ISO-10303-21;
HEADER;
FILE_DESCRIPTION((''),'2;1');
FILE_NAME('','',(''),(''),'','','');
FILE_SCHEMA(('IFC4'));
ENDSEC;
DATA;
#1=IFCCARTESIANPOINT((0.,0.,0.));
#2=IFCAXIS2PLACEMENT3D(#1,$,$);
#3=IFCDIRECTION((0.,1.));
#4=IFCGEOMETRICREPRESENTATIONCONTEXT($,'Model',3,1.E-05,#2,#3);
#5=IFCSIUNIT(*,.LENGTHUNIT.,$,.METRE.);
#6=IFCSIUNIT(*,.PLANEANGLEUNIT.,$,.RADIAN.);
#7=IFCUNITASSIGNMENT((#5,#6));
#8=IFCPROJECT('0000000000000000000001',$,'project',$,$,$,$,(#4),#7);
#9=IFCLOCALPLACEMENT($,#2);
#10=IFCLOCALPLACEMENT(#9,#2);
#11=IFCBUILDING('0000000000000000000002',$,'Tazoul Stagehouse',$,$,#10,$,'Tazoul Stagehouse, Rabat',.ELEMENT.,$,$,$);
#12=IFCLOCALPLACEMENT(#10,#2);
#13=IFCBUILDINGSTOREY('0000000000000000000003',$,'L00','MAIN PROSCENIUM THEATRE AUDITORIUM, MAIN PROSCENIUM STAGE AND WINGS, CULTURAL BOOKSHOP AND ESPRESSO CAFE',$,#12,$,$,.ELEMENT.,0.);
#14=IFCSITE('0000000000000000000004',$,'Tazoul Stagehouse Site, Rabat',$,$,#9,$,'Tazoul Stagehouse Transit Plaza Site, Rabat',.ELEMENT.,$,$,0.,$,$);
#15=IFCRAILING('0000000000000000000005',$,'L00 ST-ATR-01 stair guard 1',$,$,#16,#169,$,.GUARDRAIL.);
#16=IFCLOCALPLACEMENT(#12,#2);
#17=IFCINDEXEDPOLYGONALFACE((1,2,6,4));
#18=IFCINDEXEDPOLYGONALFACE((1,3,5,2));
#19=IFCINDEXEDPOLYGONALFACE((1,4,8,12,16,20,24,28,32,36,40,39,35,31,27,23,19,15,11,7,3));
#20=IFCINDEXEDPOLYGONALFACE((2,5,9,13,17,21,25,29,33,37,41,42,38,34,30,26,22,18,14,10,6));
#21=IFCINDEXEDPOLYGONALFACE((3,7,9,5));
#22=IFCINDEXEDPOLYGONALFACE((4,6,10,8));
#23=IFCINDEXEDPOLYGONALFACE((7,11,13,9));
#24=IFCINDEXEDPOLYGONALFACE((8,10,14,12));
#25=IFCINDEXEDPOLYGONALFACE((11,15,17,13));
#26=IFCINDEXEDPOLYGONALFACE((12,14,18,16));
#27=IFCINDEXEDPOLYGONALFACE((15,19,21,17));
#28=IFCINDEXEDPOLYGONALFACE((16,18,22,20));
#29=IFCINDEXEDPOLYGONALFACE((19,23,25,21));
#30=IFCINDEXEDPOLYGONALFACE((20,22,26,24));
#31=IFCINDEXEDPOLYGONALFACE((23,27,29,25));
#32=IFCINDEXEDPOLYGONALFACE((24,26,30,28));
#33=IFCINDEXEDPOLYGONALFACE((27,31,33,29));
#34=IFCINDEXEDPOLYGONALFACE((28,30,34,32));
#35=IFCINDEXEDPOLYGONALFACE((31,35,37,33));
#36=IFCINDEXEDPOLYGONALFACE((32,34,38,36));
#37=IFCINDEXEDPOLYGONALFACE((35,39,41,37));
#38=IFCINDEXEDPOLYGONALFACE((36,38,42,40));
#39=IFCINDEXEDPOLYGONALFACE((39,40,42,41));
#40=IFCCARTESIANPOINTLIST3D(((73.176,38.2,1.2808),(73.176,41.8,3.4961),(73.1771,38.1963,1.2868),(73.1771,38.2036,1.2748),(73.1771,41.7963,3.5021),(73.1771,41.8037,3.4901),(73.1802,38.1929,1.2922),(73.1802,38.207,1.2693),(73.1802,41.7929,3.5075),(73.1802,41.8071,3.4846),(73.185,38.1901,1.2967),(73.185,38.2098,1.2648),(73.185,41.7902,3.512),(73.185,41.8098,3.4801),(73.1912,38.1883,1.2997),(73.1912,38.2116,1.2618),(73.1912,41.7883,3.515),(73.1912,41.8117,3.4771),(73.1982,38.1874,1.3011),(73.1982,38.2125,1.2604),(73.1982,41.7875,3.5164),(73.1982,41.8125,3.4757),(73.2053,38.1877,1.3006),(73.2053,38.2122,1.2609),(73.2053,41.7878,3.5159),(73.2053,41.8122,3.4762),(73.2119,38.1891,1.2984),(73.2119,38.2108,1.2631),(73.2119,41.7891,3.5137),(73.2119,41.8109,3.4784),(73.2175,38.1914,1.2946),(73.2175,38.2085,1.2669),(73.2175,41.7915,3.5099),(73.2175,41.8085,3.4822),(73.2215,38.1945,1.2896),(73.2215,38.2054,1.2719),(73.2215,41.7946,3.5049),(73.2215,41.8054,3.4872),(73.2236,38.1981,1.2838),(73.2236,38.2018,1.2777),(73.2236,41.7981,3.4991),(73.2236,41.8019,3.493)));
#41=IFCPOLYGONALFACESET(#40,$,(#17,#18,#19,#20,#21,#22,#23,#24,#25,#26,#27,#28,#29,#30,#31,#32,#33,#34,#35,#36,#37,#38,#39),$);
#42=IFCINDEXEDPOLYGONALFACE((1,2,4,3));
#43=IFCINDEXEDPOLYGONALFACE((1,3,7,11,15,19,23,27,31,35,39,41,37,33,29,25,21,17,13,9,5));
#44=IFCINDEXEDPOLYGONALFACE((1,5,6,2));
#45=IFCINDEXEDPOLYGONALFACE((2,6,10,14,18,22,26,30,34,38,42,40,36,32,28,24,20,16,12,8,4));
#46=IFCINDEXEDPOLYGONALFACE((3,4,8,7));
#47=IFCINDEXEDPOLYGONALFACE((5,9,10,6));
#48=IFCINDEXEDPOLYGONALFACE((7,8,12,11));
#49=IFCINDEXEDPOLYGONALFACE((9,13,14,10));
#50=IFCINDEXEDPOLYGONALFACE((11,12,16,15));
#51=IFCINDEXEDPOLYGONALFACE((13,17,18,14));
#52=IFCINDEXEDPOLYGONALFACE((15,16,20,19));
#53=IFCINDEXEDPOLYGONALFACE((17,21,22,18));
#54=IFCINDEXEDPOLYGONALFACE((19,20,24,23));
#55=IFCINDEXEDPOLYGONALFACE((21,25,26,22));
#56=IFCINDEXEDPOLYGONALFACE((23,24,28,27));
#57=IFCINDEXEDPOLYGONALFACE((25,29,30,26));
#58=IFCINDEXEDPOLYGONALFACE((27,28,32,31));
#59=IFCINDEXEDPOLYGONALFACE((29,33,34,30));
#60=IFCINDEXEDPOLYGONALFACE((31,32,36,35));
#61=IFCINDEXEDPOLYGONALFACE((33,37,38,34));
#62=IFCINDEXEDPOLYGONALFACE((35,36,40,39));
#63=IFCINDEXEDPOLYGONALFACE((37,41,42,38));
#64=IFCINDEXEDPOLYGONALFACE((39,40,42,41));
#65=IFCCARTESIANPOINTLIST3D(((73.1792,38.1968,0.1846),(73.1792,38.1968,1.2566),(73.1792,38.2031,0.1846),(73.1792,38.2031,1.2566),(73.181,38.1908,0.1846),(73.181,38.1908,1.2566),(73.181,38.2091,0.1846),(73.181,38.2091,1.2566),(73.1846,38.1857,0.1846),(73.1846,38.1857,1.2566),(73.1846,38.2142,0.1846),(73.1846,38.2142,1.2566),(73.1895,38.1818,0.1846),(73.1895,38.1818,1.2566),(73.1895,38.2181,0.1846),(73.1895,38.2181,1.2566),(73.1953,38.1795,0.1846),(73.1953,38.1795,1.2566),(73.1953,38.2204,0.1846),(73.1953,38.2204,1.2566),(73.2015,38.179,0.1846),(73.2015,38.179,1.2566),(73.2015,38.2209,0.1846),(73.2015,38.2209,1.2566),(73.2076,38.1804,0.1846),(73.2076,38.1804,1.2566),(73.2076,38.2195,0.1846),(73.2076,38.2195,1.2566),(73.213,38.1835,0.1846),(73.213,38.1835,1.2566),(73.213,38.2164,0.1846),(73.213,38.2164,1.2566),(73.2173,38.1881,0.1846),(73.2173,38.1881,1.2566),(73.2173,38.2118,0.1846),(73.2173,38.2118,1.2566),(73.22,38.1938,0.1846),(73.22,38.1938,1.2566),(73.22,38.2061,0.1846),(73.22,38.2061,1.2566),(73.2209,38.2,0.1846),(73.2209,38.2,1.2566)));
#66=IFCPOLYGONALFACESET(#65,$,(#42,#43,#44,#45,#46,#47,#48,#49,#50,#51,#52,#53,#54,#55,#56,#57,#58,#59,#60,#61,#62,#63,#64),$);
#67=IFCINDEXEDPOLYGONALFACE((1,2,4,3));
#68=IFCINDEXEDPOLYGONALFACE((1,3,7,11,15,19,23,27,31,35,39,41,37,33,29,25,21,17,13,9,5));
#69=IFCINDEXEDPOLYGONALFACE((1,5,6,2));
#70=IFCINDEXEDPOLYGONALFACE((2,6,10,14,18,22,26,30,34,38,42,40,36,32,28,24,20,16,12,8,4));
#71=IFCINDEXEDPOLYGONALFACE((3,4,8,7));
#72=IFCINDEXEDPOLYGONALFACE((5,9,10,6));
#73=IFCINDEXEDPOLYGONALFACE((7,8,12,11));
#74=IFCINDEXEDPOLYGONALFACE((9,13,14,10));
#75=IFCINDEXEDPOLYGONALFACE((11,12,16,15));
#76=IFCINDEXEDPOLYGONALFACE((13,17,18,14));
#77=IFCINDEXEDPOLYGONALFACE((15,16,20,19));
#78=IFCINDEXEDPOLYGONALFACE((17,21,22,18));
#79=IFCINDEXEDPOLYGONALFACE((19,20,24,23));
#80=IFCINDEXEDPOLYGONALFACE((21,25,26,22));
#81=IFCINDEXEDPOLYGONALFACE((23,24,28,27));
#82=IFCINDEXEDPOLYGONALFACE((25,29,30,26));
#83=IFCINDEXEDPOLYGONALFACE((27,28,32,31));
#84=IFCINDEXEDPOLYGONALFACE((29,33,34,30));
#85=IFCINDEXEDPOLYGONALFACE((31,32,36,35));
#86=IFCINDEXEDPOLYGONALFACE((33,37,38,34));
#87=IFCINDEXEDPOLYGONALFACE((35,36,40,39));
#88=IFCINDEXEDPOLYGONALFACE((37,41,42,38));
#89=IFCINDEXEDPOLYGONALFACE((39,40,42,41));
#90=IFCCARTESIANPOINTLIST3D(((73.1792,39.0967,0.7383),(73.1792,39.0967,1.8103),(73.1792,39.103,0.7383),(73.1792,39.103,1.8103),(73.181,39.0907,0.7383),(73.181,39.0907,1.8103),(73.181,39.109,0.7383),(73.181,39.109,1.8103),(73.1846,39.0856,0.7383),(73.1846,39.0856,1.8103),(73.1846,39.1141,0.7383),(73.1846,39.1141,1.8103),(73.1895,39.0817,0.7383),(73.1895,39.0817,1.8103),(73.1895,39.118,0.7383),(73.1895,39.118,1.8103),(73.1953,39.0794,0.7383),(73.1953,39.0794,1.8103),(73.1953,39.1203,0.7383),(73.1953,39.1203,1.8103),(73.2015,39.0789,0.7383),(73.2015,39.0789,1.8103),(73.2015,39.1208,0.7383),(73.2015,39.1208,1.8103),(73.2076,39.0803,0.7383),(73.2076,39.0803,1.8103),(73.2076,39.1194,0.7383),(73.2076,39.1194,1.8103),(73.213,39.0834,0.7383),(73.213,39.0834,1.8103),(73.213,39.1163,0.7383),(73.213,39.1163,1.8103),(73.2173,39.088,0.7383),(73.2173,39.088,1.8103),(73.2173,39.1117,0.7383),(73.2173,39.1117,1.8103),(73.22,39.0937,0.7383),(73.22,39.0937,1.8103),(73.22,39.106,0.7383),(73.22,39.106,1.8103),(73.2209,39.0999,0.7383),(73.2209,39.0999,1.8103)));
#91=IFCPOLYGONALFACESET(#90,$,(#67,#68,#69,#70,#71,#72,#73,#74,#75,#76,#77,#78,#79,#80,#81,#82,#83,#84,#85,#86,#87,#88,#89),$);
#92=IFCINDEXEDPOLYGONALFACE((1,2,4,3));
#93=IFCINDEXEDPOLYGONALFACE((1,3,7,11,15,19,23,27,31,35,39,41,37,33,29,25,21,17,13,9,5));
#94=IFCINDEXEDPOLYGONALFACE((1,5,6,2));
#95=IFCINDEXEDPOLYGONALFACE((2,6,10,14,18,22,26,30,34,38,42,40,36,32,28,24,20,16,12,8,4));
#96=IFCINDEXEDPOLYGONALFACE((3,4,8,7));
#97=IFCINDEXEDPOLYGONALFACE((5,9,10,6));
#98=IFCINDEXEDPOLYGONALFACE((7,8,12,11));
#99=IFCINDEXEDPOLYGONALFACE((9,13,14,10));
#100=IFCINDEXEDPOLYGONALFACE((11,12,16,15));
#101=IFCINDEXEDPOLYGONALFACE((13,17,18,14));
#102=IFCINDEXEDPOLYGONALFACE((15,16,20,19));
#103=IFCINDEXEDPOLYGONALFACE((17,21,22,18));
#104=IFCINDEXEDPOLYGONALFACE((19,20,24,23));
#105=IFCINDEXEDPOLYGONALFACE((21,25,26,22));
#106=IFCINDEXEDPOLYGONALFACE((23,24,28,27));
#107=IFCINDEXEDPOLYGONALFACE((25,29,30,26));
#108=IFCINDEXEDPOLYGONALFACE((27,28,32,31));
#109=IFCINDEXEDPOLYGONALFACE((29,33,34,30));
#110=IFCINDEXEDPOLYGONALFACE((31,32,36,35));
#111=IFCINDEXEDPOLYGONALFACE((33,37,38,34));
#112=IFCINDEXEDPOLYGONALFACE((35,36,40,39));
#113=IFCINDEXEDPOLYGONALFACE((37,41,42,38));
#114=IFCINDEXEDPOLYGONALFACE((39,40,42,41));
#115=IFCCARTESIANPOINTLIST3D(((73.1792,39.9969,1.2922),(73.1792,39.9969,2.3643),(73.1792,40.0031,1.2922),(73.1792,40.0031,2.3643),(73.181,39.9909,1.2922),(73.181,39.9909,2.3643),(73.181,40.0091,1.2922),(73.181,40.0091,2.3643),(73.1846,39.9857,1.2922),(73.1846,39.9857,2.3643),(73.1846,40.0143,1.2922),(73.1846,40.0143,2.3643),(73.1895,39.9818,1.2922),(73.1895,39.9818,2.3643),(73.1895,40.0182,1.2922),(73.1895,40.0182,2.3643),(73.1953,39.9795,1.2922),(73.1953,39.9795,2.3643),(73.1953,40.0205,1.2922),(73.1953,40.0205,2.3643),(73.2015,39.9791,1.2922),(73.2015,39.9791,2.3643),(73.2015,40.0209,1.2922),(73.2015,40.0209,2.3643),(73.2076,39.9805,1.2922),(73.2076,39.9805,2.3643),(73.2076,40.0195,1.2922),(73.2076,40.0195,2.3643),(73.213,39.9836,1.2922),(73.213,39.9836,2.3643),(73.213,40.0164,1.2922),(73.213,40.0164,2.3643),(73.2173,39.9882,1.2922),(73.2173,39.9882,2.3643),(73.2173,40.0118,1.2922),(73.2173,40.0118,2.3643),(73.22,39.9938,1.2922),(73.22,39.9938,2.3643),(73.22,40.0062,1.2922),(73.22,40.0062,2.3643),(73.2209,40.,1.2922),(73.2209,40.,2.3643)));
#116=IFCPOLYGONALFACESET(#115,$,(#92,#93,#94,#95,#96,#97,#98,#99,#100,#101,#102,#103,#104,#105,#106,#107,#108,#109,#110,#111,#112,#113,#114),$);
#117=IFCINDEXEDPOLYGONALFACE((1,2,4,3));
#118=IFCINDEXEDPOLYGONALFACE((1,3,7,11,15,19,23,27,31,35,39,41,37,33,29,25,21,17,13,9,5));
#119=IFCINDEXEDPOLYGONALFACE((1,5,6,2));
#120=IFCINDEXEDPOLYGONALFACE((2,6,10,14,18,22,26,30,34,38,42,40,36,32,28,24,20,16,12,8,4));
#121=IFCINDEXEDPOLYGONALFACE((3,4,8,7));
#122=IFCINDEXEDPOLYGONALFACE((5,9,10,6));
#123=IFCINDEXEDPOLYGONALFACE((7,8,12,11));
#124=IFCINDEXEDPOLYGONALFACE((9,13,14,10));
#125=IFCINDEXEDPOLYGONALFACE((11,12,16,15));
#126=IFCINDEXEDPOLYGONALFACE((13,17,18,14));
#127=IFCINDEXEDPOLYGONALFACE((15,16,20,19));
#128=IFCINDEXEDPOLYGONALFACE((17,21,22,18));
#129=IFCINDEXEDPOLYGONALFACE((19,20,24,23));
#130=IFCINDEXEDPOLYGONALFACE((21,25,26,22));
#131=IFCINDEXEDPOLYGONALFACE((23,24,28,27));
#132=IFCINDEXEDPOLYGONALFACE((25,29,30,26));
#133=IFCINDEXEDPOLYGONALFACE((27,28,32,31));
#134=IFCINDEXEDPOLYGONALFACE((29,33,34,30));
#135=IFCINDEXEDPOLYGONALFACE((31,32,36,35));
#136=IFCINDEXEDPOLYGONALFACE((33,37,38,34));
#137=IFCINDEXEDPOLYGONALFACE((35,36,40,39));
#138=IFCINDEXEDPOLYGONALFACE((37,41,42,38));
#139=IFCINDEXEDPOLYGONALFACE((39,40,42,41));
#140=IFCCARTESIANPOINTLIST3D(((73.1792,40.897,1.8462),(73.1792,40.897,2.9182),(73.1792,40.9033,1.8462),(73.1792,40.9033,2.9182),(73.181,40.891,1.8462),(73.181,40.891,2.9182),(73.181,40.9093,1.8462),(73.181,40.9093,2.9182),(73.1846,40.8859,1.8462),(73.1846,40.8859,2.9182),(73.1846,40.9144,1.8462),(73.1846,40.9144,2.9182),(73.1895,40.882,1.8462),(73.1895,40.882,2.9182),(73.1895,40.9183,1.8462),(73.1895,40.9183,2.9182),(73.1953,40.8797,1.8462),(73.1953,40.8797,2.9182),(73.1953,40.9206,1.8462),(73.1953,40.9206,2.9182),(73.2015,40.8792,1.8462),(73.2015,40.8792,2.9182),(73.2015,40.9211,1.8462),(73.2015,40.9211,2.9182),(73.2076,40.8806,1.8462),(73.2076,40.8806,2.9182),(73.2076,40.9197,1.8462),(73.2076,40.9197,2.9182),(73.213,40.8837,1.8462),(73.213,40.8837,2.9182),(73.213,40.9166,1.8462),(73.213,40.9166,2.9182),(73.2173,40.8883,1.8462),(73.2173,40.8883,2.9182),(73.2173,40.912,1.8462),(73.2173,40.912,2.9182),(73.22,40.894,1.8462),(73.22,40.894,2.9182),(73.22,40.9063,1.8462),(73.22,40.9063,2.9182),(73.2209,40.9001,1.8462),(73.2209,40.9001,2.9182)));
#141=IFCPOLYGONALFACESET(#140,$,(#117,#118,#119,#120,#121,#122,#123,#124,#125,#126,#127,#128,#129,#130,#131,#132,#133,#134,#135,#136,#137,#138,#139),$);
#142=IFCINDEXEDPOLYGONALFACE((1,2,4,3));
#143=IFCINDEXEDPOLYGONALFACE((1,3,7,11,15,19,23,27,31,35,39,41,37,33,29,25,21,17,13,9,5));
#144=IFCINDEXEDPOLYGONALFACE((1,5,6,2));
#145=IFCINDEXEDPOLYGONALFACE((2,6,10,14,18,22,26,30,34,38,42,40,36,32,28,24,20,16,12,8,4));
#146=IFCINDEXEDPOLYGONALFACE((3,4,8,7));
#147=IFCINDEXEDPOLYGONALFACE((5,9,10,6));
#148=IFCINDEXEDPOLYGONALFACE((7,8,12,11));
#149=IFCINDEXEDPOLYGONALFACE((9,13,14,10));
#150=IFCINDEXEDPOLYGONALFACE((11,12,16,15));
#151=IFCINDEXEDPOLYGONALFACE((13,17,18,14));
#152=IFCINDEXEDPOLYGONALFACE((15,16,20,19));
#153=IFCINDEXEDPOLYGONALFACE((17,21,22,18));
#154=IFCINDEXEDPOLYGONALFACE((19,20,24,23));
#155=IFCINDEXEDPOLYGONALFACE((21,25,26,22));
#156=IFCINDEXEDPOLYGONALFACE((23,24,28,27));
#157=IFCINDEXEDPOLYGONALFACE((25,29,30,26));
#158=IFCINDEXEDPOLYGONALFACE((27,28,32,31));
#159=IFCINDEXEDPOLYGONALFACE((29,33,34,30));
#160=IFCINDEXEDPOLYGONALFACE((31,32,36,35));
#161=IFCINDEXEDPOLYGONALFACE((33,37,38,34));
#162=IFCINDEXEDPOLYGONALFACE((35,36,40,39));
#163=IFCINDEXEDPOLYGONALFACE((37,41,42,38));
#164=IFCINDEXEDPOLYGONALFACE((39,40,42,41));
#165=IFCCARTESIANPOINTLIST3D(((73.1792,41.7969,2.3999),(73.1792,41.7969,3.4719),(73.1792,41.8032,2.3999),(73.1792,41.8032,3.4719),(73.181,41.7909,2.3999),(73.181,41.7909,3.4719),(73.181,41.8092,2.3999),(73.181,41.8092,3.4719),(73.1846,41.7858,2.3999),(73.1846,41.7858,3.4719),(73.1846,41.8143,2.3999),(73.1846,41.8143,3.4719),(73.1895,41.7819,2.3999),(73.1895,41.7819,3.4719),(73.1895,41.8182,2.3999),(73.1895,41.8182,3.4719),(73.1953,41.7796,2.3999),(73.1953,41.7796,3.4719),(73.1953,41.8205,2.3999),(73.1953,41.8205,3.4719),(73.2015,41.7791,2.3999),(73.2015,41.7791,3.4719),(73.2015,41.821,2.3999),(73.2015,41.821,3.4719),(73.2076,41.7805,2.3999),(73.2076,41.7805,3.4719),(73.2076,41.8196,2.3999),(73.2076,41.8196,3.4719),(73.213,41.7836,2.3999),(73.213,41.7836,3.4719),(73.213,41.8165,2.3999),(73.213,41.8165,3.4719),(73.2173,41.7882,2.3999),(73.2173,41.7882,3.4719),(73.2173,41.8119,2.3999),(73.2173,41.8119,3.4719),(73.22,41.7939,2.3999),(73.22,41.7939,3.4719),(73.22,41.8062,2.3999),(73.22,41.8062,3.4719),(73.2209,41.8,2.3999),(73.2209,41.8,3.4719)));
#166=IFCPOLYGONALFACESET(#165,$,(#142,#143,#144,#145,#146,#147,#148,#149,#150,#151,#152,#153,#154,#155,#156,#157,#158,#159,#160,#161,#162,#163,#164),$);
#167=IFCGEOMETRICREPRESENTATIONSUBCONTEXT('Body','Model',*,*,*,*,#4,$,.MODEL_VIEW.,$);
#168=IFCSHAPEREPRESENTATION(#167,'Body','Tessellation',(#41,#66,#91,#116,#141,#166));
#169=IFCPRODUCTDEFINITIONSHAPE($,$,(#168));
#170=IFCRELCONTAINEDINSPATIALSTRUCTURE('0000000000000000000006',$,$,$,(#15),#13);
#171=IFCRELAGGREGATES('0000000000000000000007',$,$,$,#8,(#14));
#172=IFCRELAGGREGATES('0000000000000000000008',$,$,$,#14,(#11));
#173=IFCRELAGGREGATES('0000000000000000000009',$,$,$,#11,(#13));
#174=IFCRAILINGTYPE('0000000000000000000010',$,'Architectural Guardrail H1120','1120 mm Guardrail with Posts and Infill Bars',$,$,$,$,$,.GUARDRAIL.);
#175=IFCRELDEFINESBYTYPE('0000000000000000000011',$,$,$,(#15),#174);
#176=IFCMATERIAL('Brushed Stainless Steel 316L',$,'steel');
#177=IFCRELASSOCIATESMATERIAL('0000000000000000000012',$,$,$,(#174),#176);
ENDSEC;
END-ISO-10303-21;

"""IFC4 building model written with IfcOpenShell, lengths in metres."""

from ifc_helpers import new_model, si_unit, direction, frame, origin, origin_2d, place, context, subcontext, project, spatial, circle, extrude, material, material_profile, profile_set, type_object, element, save


model = new_model("IFC4")

# Units and contexts
model_context = context("Model", 3, precision=1e-05, world=origin(), true_north=direction((0.0, 1.0)))
body_context = subcontext(model_context, "Body", "Model", "MODEL_VIEW")
ifc_project = project(units=[si_unit("LENGTHUNIT", "METRE"), si_unit("PLANEANGLEUNIT", "RADIAN")], contexts=[model_context])

# Site, building, storey
site_placement = place(None, origin())
site = spatial("IfcSite", under=ifc_project, at=site_placement, Name="Tazoul Stagehouse Site, Rabat", LongName="Tazoul Stagehouse Transit Plaza Site, Rabat", CompositionType="ELEMENT", RefElevation=0.0)
building_placement = place(site_placement, origin())
building = spatial("IfcBuilding", under=site, at=building_placement, Name="Tazoul Stagehouse", LongName="Tazoul Stagehouse, Rabat", CompositionType="ELEMENT")
storey_placement = place(building_placement, origin())
storey = spatial("IfcBuildingStorey", under=building, at=storey_placement, Name="L00", Description="MAIN PROSCENIUM THEATRE AUDITORIUM, MAIN PROSCENIUM STAGE AND WINGS, CULTURAL BOOKSHOP AND ESPRESSO CAFE", CompositionType="ELEMENT", Elevation=0.0)

# Railing
ifc_material_1 = material(Name="Brushed Stainless Steel 316L", Category="steel")
ifc_material_profile_1 = material_profile(ifc_material_1, circle(Radius=0.0239, at=origin_2d()), Name="SS RAIL D48")
ifc_profile_set_1 = profile_set([ifc_material_profile_1], Name="Brushed Stainless Steel 316L")
railing_type_1 = type_object("IfcRailingType", Name="Architectural Guardrail H1120", Description="1120 mm Guardrail with Posts and Infill Bars", PredefinedType="GUARDRAIL", material=ifc_profile_set_1)
railing_1_placement = place(storey_placement, frame((73.2, 38.2, 0.1846)))
element("IfcRailing", 1, at=railing_1_placement, inside=storey, type_object=railing_type_1, Name="L00 ST-ATR-01 stair guard 1", PredefinedType="GUARDRAIL", context=body_context, shape_type="SweptSolid", body=[
    extrude(circle(Radius=0.0239, at=origin_2d()), frame((0.0, 0.0, 1.0962), z_axis=(0.0, 0.85167, 0.524078), x_axis=(-1.0, 0.0, 0.0)), (0.0, 0.0, 1.0), 4.2271),
    extrude(circle(Radius=0.021, at=origin_2d()), origin(), (0.0, 0.0, 1.0), 1.072),
    extrude(circle(Radius=0.021, at=origin_2d()), frame((0.0, 0.8999, 0.5537)), (0.0, 0.0, 1.0), 1.072),
    extrude(circle(Radius=0.021, at=origin_2d()), frame((0.0, 1.8, 1.1077)), (0.0, 0.0, 1.0), 1.072),
    extrude(circle(Radius=0.021, at=origin_2d()), frame((0.0, 2.7002, 1.6616)), (0.0, 0.0, 1.0), 1.072),
    extrude(circle(Radius=0.021, at=origin_2d()), frame((0.0, 3.6001, 2.2153)), (0.0, 0.0, 1.0), 1.072),
])

save(model, "model.ifc")
